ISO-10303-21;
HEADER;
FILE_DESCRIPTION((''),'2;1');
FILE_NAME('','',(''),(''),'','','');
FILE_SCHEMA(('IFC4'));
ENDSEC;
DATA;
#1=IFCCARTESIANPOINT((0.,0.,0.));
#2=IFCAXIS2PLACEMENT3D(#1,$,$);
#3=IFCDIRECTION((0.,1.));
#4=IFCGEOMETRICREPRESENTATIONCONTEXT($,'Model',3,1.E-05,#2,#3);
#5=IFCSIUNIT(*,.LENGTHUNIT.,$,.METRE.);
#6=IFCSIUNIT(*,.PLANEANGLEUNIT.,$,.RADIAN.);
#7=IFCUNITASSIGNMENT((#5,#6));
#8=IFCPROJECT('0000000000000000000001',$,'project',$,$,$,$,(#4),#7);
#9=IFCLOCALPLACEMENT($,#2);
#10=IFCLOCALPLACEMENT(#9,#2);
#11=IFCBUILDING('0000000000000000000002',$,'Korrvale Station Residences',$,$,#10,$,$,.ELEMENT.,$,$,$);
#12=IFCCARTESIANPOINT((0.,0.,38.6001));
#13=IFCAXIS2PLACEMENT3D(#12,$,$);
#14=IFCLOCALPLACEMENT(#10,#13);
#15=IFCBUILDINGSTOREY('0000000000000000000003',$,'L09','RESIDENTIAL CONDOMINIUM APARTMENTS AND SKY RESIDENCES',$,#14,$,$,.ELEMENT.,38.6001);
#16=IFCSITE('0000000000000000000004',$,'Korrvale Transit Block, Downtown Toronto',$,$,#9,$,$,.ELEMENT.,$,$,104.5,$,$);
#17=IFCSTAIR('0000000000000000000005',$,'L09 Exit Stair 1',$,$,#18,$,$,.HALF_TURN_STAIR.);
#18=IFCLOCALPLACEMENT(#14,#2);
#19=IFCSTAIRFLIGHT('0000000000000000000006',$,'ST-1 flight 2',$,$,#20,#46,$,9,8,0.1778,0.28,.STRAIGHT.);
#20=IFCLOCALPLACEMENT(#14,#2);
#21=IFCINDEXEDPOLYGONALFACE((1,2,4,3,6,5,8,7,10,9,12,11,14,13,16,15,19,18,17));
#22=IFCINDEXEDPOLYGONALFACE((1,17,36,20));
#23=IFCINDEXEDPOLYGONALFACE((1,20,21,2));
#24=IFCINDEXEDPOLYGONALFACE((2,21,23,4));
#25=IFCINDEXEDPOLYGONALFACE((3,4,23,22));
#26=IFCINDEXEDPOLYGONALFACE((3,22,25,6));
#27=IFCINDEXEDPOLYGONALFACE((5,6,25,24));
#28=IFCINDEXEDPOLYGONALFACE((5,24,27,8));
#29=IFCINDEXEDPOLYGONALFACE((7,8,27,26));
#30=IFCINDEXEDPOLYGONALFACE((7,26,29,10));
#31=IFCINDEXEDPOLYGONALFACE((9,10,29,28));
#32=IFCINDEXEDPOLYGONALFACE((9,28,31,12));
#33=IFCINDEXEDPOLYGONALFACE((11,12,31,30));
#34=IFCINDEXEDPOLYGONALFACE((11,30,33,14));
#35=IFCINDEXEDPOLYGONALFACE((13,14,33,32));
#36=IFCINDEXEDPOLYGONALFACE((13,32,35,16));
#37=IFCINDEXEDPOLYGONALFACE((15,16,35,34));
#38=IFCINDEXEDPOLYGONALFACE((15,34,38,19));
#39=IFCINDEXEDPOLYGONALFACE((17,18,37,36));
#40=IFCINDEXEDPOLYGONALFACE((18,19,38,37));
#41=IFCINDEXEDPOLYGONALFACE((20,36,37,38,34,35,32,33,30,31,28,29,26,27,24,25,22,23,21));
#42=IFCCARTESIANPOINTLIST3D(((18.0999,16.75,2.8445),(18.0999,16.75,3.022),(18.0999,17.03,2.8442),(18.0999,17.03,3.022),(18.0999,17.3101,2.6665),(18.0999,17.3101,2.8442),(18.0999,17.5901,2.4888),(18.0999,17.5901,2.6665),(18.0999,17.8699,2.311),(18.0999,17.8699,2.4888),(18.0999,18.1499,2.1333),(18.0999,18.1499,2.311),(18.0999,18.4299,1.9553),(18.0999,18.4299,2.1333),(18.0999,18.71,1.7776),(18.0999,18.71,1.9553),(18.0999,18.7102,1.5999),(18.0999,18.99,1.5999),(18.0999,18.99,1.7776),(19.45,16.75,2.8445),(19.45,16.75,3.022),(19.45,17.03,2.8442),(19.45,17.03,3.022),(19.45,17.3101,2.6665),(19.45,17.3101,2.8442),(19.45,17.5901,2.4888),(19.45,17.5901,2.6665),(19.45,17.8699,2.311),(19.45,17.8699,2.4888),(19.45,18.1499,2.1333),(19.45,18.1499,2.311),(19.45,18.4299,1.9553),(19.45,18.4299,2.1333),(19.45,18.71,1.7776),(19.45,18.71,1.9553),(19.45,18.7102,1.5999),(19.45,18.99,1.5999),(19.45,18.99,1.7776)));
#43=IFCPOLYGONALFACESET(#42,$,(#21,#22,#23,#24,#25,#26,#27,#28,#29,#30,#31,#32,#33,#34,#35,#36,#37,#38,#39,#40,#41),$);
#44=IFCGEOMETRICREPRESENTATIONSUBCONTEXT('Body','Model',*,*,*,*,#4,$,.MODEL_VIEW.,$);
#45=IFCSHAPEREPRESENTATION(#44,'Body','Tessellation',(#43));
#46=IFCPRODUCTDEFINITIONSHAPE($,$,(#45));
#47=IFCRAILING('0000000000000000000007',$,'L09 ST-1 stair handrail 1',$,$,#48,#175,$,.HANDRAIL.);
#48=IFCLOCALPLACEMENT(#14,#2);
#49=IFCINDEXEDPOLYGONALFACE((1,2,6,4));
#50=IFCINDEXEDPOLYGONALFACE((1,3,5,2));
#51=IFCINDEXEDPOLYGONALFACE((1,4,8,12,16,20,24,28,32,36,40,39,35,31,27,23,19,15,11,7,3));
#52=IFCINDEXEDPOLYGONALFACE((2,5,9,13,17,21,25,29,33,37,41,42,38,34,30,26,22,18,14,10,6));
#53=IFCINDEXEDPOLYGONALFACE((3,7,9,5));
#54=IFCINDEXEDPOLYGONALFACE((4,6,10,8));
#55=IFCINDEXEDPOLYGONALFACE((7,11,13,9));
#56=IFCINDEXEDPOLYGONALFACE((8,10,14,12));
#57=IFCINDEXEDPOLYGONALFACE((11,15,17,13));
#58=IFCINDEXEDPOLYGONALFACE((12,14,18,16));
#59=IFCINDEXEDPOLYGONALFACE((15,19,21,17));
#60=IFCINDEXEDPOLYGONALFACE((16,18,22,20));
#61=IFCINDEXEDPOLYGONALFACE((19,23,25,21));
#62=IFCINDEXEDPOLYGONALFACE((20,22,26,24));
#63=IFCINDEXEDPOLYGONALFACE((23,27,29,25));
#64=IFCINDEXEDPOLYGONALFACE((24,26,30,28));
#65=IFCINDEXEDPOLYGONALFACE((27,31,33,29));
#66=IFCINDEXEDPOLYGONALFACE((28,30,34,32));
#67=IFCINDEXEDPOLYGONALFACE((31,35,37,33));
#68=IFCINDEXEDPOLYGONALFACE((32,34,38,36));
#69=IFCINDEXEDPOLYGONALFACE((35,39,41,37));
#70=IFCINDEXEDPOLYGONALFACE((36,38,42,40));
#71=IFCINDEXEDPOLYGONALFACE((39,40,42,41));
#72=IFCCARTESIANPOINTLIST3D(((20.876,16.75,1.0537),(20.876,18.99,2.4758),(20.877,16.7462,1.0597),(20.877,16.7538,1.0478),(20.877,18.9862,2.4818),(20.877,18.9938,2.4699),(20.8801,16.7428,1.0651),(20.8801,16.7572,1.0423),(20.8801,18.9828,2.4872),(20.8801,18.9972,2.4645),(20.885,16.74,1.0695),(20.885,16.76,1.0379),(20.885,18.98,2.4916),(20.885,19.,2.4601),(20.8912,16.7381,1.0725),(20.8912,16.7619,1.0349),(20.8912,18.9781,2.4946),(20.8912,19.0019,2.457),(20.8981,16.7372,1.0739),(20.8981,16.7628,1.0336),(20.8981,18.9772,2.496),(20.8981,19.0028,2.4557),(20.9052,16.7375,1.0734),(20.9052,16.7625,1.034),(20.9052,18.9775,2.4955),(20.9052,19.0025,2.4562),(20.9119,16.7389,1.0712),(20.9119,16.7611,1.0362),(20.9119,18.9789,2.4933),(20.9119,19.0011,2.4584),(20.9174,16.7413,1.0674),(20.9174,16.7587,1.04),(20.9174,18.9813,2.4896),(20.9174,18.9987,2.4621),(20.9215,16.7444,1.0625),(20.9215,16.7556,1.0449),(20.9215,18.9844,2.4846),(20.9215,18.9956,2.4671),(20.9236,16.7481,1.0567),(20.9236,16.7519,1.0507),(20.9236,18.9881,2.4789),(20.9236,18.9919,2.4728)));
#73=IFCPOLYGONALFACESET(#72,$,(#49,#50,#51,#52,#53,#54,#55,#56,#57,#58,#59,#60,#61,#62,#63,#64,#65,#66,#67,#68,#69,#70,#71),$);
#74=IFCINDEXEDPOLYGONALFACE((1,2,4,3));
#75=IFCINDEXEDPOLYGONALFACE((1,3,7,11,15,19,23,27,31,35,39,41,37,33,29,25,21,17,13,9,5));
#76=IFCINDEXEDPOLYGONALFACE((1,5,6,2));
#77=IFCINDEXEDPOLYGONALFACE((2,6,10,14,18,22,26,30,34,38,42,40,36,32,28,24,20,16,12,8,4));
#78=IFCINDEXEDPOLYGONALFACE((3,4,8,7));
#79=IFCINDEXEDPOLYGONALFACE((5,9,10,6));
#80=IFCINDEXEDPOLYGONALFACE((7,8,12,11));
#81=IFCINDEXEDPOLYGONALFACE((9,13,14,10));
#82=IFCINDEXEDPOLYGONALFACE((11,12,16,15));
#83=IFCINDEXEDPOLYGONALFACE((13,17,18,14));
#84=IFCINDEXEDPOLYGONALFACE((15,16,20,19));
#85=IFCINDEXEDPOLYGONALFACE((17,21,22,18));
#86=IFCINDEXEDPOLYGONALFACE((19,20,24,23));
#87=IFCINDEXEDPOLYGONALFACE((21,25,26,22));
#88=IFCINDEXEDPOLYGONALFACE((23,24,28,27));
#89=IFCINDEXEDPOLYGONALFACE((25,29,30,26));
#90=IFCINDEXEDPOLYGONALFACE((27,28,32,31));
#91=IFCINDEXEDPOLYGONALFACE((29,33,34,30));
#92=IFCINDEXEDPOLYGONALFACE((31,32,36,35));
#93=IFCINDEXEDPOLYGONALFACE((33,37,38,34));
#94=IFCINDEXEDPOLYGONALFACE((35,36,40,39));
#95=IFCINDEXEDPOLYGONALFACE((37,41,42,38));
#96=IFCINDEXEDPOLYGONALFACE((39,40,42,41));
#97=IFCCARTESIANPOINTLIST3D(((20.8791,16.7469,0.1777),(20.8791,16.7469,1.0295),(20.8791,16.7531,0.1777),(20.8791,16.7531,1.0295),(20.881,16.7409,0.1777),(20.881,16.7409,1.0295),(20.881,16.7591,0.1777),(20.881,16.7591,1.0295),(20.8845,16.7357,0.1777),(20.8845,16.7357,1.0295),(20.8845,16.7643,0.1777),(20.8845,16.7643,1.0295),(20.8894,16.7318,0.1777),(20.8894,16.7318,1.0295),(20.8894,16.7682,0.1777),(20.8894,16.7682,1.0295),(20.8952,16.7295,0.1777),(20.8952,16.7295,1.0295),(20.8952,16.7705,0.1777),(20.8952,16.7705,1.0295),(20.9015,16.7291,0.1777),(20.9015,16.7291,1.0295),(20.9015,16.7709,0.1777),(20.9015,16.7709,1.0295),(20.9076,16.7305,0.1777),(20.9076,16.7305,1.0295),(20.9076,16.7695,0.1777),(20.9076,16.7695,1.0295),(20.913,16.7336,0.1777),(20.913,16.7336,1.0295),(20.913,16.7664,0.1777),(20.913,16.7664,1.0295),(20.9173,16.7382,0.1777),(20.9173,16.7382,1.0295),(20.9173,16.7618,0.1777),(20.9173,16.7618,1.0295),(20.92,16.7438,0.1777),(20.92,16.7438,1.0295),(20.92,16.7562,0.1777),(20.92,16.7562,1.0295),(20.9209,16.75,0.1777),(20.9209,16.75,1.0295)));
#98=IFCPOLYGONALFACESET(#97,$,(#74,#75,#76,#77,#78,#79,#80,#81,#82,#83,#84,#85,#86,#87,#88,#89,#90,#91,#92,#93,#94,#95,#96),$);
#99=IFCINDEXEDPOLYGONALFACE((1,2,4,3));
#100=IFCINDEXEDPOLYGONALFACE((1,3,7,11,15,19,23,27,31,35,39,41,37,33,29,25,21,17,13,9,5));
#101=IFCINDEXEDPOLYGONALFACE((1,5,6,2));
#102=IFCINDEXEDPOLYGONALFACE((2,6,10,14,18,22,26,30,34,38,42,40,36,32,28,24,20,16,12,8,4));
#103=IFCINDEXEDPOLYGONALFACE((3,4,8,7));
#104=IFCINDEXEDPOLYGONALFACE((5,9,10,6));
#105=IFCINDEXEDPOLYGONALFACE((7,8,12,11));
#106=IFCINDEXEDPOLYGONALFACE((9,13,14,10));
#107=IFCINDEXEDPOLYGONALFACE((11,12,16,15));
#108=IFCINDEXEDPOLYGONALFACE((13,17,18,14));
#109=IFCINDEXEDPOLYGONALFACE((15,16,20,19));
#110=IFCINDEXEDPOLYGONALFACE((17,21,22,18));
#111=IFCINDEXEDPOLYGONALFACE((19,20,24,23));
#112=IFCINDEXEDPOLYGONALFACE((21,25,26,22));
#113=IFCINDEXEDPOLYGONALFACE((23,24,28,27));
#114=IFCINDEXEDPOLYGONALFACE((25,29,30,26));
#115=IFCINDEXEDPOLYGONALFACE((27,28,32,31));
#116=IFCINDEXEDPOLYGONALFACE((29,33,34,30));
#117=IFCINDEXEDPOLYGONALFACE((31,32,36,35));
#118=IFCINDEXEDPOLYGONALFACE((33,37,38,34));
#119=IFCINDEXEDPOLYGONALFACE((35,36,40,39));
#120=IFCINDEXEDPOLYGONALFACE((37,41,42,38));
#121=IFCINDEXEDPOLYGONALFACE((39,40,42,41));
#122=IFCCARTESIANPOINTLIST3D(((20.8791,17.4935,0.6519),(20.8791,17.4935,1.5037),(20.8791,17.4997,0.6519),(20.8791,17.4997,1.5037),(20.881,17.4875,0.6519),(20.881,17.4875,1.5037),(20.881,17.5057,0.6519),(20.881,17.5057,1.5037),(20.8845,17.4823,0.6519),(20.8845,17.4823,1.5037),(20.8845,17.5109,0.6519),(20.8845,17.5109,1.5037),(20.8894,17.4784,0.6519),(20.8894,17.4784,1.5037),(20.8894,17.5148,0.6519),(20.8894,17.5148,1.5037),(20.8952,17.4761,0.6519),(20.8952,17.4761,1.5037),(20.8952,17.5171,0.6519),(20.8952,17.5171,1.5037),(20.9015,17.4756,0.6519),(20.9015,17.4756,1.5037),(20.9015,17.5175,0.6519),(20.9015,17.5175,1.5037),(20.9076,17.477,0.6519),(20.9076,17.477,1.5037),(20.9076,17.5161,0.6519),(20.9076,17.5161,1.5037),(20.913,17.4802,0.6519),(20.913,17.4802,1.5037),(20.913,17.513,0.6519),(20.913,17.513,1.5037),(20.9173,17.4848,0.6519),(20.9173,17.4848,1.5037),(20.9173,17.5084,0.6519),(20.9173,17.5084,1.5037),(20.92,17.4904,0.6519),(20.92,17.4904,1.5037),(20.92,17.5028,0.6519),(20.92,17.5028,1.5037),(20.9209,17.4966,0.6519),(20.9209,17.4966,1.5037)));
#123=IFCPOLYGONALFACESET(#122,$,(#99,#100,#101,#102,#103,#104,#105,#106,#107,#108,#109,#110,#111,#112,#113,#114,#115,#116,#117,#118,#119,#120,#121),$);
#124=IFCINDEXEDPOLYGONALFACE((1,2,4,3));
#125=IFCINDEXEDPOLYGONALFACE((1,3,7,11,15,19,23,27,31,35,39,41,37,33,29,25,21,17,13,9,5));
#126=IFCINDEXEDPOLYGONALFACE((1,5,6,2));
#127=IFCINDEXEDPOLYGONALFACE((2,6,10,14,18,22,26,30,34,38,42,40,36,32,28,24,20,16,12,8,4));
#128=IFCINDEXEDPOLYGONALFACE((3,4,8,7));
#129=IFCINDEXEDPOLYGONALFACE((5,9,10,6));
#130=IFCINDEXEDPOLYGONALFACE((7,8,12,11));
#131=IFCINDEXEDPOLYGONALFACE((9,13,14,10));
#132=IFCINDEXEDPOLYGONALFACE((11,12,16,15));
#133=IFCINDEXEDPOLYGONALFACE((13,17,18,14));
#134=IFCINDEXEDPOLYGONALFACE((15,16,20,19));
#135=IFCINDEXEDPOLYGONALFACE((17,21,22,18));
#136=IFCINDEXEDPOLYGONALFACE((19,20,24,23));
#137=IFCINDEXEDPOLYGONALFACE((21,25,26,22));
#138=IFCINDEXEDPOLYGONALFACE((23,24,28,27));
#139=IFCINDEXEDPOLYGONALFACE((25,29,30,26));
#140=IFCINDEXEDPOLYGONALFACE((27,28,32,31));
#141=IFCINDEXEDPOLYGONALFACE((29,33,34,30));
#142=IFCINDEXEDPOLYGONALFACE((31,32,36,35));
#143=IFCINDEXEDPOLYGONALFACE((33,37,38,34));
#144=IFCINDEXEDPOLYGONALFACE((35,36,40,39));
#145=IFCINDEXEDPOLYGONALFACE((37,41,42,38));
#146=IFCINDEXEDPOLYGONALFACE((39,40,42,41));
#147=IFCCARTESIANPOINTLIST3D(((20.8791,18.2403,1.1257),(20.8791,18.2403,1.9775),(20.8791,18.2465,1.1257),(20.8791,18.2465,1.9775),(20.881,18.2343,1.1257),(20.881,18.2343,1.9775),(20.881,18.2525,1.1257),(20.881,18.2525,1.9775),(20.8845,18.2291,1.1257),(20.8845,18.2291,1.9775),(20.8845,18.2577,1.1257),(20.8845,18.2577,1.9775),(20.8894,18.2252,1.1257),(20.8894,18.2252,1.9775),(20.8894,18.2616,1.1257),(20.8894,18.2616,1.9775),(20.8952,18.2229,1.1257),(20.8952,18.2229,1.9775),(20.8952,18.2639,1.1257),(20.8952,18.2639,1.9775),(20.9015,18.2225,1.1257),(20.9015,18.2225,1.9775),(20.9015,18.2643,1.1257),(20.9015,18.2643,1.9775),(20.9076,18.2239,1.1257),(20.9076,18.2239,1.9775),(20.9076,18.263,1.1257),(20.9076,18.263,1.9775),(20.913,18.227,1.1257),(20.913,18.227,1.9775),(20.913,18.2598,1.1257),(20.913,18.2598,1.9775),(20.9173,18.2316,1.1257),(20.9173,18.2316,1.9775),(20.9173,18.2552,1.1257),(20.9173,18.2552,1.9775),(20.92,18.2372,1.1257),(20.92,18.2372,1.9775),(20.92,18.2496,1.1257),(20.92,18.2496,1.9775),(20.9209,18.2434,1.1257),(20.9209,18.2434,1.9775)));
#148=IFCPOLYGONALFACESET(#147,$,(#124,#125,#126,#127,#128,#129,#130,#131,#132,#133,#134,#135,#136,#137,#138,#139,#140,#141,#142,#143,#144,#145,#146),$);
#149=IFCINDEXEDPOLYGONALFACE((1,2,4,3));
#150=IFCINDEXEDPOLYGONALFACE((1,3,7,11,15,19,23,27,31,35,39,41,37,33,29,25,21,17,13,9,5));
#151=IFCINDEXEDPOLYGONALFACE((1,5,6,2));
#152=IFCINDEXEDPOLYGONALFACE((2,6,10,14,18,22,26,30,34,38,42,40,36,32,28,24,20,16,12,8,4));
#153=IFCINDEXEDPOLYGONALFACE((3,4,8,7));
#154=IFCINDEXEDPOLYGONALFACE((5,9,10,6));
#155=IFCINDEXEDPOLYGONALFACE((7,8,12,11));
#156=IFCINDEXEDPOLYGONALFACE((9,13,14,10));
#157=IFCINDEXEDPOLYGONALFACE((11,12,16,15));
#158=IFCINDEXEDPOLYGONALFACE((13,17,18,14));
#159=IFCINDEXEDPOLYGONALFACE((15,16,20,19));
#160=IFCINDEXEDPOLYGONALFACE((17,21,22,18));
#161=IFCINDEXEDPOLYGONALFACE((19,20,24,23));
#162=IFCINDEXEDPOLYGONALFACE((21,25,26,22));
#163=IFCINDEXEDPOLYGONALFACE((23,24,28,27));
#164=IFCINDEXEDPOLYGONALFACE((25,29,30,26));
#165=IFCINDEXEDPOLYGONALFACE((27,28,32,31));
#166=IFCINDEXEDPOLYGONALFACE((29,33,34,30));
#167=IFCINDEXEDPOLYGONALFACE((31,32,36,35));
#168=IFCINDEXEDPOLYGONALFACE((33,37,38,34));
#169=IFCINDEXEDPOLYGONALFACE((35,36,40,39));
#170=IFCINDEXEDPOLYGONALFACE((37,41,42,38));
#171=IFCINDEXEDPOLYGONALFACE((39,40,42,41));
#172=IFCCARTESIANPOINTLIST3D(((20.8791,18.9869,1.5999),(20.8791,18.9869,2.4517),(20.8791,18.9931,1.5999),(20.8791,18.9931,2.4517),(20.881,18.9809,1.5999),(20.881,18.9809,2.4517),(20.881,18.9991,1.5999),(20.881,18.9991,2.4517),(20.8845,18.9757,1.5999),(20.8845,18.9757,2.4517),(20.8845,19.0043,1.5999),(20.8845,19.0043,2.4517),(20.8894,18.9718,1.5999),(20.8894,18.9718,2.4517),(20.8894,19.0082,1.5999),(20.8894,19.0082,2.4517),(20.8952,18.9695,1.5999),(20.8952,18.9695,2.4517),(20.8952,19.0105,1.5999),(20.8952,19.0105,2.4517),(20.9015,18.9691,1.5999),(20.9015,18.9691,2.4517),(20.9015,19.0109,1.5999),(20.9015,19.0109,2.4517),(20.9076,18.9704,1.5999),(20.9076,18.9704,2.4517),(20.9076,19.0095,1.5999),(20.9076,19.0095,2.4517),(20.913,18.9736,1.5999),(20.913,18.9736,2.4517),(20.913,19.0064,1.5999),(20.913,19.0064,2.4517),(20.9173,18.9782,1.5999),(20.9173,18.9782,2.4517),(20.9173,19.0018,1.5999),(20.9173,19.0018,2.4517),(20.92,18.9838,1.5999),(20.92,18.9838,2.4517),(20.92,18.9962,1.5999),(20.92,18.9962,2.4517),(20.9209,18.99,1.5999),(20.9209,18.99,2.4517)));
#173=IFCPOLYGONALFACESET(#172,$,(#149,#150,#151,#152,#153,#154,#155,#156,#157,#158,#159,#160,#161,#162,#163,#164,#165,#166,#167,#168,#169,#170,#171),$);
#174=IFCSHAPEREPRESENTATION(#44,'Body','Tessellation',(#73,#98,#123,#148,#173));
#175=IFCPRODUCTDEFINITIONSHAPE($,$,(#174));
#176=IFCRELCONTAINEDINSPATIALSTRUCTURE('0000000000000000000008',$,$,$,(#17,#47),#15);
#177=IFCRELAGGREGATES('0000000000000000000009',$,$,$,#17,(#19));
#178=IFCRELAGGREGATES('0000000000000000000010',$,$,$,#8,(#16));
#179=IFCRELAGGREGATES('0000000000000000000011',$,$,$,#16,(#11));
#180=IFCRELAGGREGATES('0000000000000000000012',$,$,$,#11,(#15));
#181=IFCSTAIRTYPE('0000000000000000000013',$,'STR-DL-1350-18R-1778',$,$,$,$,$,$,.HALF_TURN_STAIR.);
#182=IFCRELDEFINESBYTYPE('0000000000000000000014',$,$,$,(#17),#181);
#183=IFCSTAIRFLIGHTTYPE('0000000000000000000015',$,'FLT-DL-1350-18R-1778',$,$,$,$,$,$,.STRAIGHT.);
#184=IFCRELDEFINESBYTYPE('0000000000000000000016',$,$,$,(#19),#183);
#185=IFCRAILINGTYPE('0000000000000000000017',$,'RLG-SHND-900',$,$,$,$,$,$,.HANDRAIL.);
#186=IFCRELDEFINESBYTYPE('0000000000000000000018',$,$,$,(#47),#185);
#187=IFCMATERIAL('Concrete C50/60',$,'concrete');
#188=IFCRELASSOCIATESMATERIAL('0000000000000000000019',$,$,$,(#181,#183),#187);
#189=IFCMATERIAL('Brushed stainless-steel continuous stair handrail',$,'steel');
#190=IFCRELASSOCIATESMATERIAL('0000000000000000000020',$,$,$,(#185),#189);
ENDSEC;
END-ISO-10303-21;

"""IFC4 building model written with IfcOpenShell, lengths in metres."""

from ifc_helpers import new_model, si_unit, direction, frame, origin, origin_2d, place, context, subcontext, project, spatial, polyline, circle, outline, extrude, material, type_object, element, aggregate, save


model = new_model("IFC4")

# Units and contexts
model_context = context("Model", 3, precision=1e-05, world=origin(), true_north=direction((0.0, 1.0)))
body_context = subcontext(model_context, "Body", "Model", "MODEL_VIEW")
ifc_project = project(units=[si_unit("LENGTHUNIT", "METRE"), si_unit("PLANEANGLEUNIT", "RADIAN")], contexts=[model_context])

# Site, building, storey
site_placement = place(None, origin())
site = spatial("IfcSite", under=ifc_project, at=site_placement, Name="Korrvale Transit Block, Downtown Toronto", CompositionType="ELEMENT", RefElevation=104.5)
building_placement = place(site_placement, origin())
building = spatial("IfcBuilding", under=site, at=building_placement, Name="Korrvale Station Residences", CompositionType="ELEMENT")
storey_placement = place(building_placement, frame((0.0, 0.0, 38.6001)))
storey = spatial("IfcBuildingStorey", under=building, at=storey_placement, Name="L09", Description="RESIDENTIAL CONDOMINIUM APARTMENTS AND SKY RESIDENCES", CompositionType="ELEMENT", Elevation=38.6001)

# Stair, stair flight
ifc_material_1 = material(Name="Concrete C50/60", Category="concrete")
stair_type = type_object("IfcStairType", Name="STR-DL-1350-18R-1778", PredefinedType="HALF_TURN_STAIR", material=ifc_material_1)
stair_placement = place(storey_placement, origin())
stair = element("IfcStair", 1, at=stair_placement, inside=storey, type_object=stair_type, Name="L09 Exit Stair 1", PredefinedType="HALF_TURN_STAIR")
stair_flight_type = type_object("IfcStairFlightType", Name="FLT-DL-1350-18R-1778", PredefinedType="STRAIGHT", material=ifc_material_1)
stair_flight_1_placement = place(storey_placement, frame((18.7749, 18.99, 1.5999), z_axis=(0.0, 0.0, 1.0), x_axis=(0.0, -1.0, 0.0)))
stair_flight_1 = element("IfcStairFlight", 2, at=stair_flight_1_placement, type_object=stair_flight_type, Name="ST-1 flight 2", NumberOfRisers=9, NumberOfTreads=8, PredefinedType="STRAIGHT", RiserHeight=0.1778, TreadLength=0.28, context=body_context, shape_type="SweptSolid", body=[
    extrude(outline(polyline([(0.0, 0.0), (0.0, 0.1777), (0.28, 0.1777), (0.28, 0.3555), (0.5601, 0.3555), (0.5601, 0.5334), (0.8401, 0.5334), (0.8401, 0.7112), (1.1201, 0.7112), (1.1201, 0.8889), (1.3999, 0.8889), (1.3999, 1.0667), (1.6799, 1.0667), (1.6799, 1.2444), (1.96, 1.2444), (1.96, 1.4221), (2.24, 1.4221), (2.24, 1.6001), (2.24, 1.2446), (0.2798, 0.0), (0.0, 0.0)])), frame((0.0, 0.675, 0.0), z_axis=(0.0, -1.0, 0.0), x_axis=(1.0, 0.0, 0.0)), (0.0, 0.0, 1.0), 1.3501),
])
aggregate(stair, [stair_flight_1])

# Railing
ifc_material_2 = material(Name="Brushed stainless-steel continuous stair handrail", Category="steel")
railing_type_1 = type_object("IfcRailingType", Name="RLG-SHND-900", PredefinedType="HANDRAIL", material=ifc_material_2)
railing_1_placement = place(storey_placement, frame((20.8999, 16.75, 0.1777)))
element("IfcRailing", 3, at=railing_1_placement, inside=storey, type_object=railing_type_1, Name="L09 ST-1 stair handrail 1", PredefinedType="HANDRAIL", context=body_context, shape_type="SweptSolid", body=[
    extrude(circle(Radius=0.0239, at=origin_2d()), frame((0.0, 0.0, 0.876), z_axis=(0.0, 0.844229, 0.535982), x_axis=(-1.0, 0.0, 0.0)), (0.0, 0.0, 1.0), 2.6533),
    extrude(circle(Radius=0.021, at=origin_2d()), origin(), (0.0, 0.0, 1.0), 0.8518),
    extrude(circle(Radius=0.021, at=origin_2d()), frame((0.0, 0.7466, 0.4741)), (0.0, 0.0, 1.0), 0.8518),
    extrude(circle(Radius=0.021, at=origin_2d()), frame((0.0, 1.4934, 0.948)), (0.0, 0.0, 1.0), 0.8518),
    extrude(circle(Radius=0.021, at=origin_2d()), frame((0.0, 2.24, 1.4221)), (0.0, 0.0, 1.0), 0.8518),
])

save(model, "model.ifc")
